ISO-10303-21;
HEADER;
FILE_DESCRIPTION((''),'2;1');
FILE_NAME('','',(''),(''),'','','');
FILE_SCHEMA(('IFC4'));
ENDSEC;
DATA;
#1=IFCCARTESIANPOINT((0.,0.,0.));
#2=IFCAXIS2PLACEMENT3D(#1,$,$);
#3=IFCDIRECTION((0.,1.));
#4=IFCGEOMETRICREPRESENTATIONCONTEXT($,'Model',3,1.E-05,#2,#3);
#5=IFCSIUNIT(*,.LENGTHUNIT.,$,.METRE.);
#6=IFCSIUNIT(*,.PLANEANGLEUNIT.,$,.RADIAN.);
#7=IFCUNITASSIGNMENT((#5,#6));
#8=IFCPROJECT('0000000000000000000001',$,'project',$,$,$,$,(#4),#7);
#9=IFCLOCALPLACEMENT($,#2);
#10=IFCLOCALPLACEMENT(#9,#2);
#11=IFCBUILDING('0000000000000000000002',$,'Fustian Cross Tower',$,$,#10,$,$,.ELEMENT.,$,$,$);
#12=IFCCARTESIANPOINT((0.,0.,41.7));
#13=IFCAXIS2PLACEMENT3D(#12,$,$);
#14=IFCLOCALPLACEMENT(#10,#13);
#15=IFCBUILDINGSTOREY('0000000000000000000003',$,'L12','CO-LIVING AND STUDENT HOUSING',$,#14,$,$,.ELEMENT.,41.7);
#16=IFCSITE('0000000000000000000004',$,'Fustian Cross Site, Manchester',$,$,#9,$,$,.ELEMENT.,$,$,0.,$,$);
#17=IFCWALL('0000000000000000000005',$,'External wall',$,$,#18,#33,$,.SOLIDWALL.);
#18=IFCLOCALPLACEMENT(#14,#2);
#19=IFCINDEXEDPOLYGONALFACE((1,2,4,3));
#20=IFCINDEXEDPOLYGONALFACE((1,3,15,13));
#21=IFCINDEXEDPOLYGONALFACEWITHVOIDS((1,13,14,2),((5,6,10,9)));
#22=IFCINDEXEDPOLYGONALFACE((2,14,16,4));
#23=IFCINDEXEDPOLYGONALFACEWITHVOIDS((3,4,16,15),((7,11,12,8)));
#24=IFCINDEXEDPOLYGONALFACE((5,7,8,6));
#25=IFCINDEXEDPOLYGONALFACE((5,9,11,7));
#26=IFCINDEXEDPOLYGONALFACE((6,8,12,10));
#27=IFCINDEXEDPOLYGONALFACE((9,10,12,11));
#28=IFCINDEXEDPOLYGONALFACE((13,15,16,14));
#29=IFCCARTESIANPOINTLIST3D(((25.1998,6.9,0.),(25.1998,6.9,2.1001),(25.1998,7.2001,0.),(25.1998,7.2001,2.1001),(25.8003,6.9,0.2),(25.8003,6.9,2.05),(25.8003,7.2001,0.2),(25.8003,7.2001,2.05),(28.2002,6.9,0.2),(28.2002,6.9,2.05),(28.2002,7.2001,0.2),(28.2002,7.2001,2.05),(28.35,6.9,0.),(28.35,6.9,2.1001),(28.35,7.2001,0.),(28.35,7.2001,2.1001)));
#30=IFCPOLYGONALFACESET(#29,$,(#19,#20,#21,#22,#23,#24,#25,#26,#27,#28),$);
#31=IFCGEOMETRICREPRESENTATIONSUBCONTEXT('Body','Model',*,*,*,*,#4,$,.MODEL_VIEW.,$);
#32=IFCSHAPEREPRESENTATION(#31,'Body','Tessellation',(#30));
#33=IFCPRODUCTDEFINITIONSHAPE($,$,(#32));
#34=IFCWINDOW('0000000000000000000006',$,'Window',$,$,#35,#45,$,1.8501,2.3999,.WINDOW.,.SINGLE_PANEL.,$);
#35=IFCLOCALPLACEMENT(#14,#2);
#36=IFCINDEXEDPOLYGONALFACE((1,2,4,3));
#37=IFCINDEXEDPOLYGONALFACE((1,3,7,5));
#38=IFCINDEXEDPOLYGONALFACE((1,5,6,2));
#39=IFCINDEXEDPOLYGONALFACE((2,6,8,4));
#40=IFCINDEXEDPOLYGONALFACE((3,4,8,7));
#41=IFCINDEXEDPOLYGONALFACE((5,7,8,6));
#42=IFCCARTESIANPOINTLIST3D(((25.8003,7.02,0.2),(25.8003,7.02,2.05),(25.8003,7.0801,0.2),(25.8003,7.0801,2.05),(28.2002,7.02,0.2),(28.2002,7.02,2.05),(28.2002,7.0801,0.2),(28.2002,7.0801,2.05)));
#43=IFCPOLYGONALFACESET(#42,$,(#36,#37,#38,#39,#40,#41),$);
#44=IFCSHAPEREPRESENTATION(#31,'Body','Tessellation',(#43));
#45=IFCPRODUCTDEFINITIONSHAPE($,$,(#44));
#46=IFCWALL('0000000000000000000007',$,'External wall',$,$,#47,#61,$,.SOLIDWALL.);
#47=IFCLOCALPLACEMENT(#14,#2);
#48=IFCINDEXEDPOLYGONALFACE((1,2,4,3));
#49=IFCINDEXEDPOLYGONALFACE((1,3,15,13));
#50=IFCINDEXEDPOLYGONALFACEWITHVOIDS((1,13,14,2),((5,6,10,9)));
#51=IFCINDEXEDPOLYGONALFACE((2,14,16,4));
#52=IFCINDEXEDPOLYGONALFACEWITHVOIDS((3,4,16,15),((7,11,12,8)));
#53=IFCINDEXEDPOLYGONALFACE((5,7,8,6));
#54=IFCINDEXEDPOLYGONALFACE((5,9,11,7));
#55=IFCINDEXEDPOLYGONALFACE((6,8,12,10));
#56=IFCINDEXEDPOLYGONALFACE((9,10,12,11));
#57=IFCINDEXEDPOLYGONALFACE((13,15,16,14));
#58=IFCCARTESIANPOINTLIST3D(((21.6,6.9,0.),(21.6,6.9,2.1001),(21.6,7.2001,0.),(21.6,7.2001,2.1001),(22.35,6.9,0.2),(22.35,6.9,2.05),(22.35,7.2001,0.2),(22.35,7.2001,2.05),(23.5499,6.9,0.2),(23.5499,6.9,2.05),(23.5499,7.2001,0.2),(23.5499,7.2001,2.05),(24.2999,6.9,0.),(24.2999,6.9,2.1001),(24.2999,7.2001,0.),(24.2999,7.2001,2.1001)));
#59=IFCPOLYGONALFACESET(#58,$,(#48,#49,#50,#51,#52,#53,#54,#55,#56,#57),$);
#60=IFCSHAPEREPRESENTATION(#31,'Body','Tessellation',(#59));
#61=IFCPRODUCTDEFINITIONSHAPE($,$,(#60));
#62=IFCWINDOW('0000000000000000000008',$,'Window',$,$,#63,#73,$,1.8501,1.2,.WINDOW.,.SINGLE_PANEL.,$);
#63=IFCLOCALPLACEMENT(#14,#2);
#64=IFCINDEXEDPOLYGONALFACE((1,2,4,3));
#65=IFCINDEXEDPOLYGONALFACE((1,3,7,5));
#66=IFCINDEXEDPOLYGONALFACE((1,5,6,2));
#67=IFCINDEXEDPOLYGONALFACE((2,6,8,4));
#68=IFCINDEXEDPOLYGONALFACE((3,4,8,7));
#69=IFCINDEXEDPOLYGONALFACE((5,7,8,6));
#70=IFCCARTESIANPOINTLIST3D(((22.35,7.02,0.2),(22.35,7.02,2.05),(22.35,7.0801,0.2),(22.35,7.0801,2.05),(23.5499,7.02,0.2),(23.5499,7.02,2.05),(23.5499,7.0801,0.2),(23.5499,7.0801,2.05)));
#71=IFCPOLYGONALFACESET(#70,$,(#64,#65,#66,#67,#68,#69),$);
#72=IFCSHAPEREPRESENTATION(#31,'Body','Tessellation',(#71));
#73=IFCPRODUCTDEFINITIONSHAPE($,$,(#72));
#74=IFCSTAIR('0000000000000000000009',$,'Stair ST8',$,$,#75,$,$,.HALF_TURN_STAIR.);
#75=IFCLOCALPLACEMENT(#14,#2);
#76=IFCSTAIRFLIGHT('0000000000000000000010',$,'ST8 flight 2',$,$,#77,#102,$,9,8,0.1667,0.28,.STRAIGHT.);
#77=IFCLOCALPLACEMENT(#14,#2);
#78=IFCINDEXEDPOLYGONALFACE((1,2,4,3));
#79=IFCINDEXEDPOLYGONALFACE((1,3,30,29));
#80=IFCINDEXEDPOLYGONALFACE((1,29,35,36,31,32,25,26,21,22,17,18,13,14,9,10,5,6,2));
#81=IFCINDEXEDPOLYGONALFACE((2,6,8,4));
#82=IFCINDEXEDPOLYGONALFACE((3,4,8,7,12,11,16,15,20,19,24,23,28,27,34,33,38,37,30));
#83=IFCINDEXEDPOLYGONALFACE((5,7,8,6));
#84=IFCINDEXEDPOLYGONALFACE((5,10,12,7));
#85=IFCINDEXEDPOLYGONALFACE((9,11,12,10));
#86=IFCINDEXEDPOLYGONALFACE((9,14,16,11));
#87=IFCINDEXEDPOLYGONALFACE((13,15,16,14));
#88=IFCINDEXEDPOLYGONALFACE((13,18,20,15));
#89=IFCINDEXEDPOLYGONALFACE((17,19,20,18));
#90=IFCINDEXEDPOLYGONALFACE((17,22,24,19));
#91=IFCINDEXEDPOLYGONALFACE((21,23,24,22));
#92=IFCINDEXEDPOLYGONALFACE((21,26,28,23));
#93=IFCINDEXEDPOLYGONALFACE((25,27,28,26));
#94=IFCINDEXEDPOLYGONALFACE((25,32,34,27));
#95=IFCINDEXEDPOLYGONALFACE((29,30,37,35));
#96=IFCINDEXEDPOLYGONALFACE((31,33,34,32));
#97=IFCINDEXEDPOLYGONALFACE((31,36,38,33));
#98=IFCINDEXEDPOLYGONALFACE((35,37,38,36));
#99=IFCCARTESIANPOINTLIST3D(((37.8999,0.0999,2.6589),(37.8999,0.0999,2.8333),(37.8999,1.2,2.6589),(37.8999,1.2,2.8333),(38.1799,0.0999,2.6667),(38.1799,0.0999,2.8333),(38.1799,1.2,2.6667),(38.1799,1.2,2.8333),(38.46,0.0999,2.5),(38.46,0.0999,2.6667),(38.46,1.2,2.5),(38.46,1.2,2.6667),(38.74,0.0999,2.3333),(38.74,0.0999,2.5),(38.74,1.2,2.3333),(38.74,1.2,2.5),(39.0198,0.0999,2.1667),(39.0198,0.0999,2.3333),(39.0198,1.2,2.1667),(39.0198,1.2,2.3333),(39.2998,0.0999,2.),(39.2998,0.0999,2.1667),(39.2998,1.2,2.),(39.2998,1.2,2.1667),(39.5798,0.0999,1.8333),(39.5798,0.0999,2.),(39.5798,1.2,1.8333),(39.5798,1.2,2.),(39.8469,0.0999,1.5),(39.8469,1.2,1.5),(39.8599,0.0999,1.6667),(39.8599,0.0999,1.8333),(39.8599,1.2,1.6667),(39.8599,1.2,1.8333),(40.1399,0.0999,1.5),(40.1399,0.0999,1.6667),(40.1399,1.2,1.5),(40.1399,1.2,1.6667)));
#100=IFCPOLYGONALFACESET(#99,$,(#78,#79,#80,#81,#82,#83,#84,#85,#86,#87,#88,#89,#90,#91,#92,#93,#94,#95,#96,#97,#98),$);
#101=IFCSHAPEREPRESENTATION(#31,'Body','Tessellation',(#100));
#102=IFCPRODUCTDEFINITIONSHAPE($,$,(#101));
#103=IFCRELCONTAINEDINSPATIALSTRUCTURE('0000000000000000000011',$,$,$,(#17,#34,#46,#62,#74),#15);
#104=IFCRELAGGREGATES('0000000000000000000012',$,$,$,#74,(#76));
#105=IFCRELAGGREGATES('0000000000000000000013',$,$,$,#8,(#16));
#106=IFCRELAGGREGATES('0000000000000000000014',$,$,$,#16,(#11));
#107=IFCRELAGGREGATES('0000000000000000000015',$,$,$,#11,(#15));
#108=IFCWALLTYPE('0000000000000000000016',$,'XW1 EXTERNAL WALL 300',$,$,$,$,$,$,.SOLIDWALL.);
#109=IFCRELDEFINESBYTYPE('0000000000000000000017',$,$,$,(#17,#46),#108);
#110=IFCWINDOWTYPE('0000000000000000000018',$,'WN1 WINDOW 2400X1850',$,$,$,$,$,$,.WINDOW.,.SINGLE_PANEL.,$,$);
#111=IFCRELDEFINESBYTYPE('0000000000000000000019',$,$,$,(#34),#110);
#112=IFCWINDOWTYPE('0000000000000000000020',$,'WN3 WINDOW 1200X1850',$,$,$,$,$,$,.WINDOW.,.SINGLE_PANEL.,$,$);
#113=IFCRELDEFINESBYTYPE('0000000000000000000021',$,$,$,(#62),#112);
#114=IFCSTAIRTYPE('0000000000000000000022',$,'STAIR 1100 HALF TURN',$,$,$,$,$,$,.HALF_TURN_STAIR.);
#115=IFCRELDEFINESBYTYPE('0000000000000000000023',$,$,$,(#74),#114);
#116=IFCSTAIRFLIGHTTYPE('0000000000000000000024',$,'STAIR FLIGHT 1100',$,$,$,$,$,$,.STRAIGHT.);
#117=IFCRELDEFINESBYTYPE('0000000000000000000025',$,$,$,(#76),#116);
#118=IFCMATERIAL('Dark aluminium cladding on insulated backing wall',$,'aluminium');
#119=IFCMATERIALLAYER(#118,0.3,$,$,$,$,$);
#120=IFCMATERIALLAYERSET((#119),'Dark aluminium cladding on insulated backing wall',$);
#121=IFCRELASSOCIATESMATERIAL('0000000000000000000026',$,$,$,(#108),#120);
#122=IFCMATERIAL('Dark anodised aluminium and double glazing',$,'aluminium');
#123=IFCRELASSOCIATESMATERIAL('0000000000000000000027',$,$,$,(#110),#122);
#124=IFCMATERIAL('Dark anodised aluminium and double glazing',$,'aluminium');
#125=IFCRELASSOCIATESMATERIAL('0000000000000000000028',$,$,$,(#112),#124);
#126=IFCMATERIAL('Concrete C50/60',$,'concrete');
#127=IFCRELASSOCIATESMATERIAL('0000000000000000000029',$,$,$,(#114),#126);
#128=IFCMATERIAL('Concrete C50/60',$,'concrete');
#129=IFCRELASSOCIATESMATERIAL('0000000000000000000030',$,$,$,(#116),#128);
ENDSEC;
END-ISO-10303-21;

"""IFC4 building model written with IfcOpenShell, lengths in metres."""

from ifc_helpers import new_model, si_unit, direction, frame, frame_2d, origin, place, context, subcontext, project, spatial, polyline, rectangle, outline, extrude, material, layer, layer_set, type_object, element, fill, aggregate, save


model = new_model("IFC4")

# Units and contexts
model_context = context("Model", 3, precision=1e-05, world=origin(), true_north=direction((0.0, 1.0)))
body_context = subcontext(model_context, "Body", "Model", "MODEL_VIEW")
ifc_project = project(units=[si_unit("LENGTHUNIT", "METRE"), si_unit("PLANEANGLEUNIT", "RADIAN")], contexts=[model_context])

# Site, building, storey
site_placement = place(None, origin())
site = spatial("IfcSite", under=ifc_project, at=site_placement, Name="Fustian Cross Site, Manchester", CompositionType="ELEMENT", RefElevation=0.0)
building_placement = place(site_placement, origin())
building = spatial("IfcBuilding", under=site, at=building_placement, Name="Fustian Cross Tower", CompositionType="ELEMENT")
storey_placement = place(building_placement, frame((0.0, 0.0, 41.7)))
storey = spatial("IfcBuildingStorey", under=building, at=storey_placement, Name="L12", Description="CO-LIVING AND STUDENT HOUSING", CompositionType="ELEMENT", Elevation=41.7)

# Shared definitions
ifc_material_1 = material(Name="Dark aluminium cladding on insulated backing wall", Category="aluminium")
ifc_layer_1 = layer(ifc_material_1, 0.3)
ifc_layer_set_1 = layer_set([ifc_layer_1], Name="Dark aluminium cladding on insulated backing wall")
wall_type_1 = type_object("IfcWallType", Name="XW1 EXTERNAL WALL 300", PredefinedType="SOLIDWALL", material=ifc_layer_set_1)

# Walls, openings, windows
ifc_material_2 = material(Name="Dark anodised aluminium and double glazing", Category="aluminium")
window_type_1 = type_object("IfcWindowType", Name="WN1 WINDOW 2400X1850", PartitioningType="SINGLE_PANEL", PredefinedType="WINDOW", material=ifc_material_2)
wall_1_placement = place(storey_placement, frame((28.3501, 7.05, 0.0), z_axis=(0.0, 0.0, 1.0), x_axis=(-1.0, 0.0, 0.0)))
wall_1 = element("IfcWall", 1, at=wall_1_placement, inside=storey, type_object=wall_type_1, Name="External wall", PredefinedType="SOLIDWALL", context=body_context, shape_type="SweptSolid", body=[
    extrude(rectangle(XDim=3.1501, YDim=0.3, at=frame_2d((1.5752, 0.0))), origin(), (0.0, 0.0, 1.0), 2.1001),
])
opening_1_placement = place(wall_1_placement, frame((0.1499, 0.0, 0.2)))
opening_1 = element("IfcOpeningElement", 2, at=opening_1_placement, cuts=wall_1, PredefinedType="OPENING", context=body_context, shape_type="SweptSolid", body=[
    extrude(rectangle(XDim=2.3999, YDim=1.8501, at=frame_2d((1.2, 0.925))), frame((0.0, 0.1599, 0.0), z_axis=(0.0, -1.0, 0.0), x_axis=(1.0, 0.0, 0.0)), (0.0, 0.0, 1.0), 0.3201),
])
window_1_placement = place(opening_1_placement, origin())
window_1 = element("IfcWindow", 3, at=window_1_placement, inside=storey, type_object=window_type_1, Name="Window", OverallHeight=1.8501, OverallWidth=2.3999, PartitioningType="SINGLE_PANEL", PredefinedType="WINDOW", context=body_context, shape_type="SweptSolid", body=[
    extrude(rectangle(XDim=2.3999, YDim=1.8501, at=frame_2d((1.2, 0.925))), frame((0.0, 0.03, 0.0), z_axis=(0.0, -1.0, 0.0), x_axis=(1.0, 0.0, 0.0)), (0.0, 0.0, 1.0), 0.0601),
])
fill(opening_1, window_1)
wall_2_placement = place(storey_placement, frame((24.3, 7.05, 0.0), z_axis=(0.0, 0.0, 1.0), x_axis=(-1.0, 0.0, 0.0)))
wall_2 = element("IfcWall", 4, at=wall_2_placement, inside=storey, type_object=wall_type_1, Name="External wall", PredefinedType="SOLIDWALL", context=body_context, shape_type="SweptSolid", body=[
    extrude(rectangle(XDim=2.7, YDim=0.3, at=frame_2d((1.3501, 0.0))), origin(), (0.0, 0.0, 1.0), 2.1001),
])
opening_2_placement = place(wall_2_placement, frame((0.75, 0.0, 0.2)))
opening_2 = element("IfcOpeningElement", 5, at=opening_2_placement, cuts=wall_2, PredefinedType="OPENING", context=body_context, shape_type="SweptSolid", body=[
    extrude(rectangle(XDim=1.2, YDim=1.8501, at=frame_2d((0.6001, 0.925))), frame((0.0, 0.1599, 0.0), z_axis=(0.0, -1.0, 0.0), x_axis=(1.0, 0.0, 0.0)), (0.0, 0.0, 1.0), 0.3201),
])
ifc_material_3 = material(Name="Dark anodised aluminium and double glazing", Category="aluminium")
window_type_2 = type_object("IfcWindowType", Name="WN3 WINDOW 1200X1850", PartitioningType="SINGLE_PANEL", PredefinedType="WINDOW", material=ifc_material_3)
window_2_placement = place(opening_2_placement, origin())
window_2 = element("IfcWindow", 6, at=window_2_placement, inside=storey, type_object=window_type_2, Name="Window", OverallHeight=1.8501, OverallWidth=1.2, PartitioningType="SINGLE_PANEL", PredefinedType="WINDOW", context=body_context, shape_type="SweptSolid", body=[
    extrude(rectangle(XDim=1.2, YDim=1.8501, at=frame_2d((0.6001, 0.925))), frame((0.0, 0.03, 0.0), z_axis=(0.0, -1.0, 0.0), x_axis=(1.0, 0.0, 0.0)), (0.0, 0.0, 1.0), 0.0601),
])
fill(opening_2, window_2)

# Stair, stair flight
ifc_material_4 = material(Name="Concrete C50/60", Category="concrete")
stair_type = type_object("IfcStairType", Name="STAIR 1100 HALF TURN", PredefinedType="HALF_TURN_STAIR", material=ifc_material_4)
stair_placement = place(storey_placement, origin())
stair = element("IfcStair", 7, at=stair_placement, inside=storey, type_object=stair_type, Name="Stair ST8", PredefinedType="HALF_TURN_STAIR")
ifc_material_5 = material(Name="Concrete C50/60", Category="concrete")
stair_flight_type = type_object("IfcStairFlightType", Name="STAIR FLIGHT 1100", PredefinedType="STRAIGHT", material=ifc_material_5)
stair_flight_placement = place(storey_placement, frame((40.1399, 0.6499, 1.5), z_axis=(0.0, 0.0, 1.0), x_axis=(-1.0, 0.0, 0.0)))
stair_flight = element("IfcStairFlight", 8, at=stair_flight_placement, type_object=stair_flight_type, Name="ST8 flight 2", NumberOfRisers=9, NumberOfTreads=8, PredefinedType="STRAIGHT", RiserHeight=0.1667, TreadLength=0.28, context=body_context, shape_type="SweptSolid", body=[
    extrude(outline(polyline([(0.0, 0.0), (0.0, 0.1667), (0.28, 0.1667), (0.28, 0.3333), (0.5601, 0.3333), (0.5601, 0.5), (0.8401, 0.5), (0.8401, 0.6667), (1.1201, 0.6667), (1.1201, 0.8333), (1.3999, 0.8333), (1.3999, 1.0), (1.6799, 1.0), (1.6799, 1.1667), (1.96, 1.1667), (1.96, 1.3333), (2.24, 1.3333), (2.24, 1.5), (2.24, 1.1589), (0.293, 0.0), (0.0, 0.0)])), frame((0.0, 0.55, 0.0), z_axis=(0.0, -1.0, 0.0), x_axis=(1.0, 0.0, 0.0)), (0.0, 0.0, 1.0), 1.1001),
])
aggregate(stair, [stair_flight])

save(model, "model.ifc")
